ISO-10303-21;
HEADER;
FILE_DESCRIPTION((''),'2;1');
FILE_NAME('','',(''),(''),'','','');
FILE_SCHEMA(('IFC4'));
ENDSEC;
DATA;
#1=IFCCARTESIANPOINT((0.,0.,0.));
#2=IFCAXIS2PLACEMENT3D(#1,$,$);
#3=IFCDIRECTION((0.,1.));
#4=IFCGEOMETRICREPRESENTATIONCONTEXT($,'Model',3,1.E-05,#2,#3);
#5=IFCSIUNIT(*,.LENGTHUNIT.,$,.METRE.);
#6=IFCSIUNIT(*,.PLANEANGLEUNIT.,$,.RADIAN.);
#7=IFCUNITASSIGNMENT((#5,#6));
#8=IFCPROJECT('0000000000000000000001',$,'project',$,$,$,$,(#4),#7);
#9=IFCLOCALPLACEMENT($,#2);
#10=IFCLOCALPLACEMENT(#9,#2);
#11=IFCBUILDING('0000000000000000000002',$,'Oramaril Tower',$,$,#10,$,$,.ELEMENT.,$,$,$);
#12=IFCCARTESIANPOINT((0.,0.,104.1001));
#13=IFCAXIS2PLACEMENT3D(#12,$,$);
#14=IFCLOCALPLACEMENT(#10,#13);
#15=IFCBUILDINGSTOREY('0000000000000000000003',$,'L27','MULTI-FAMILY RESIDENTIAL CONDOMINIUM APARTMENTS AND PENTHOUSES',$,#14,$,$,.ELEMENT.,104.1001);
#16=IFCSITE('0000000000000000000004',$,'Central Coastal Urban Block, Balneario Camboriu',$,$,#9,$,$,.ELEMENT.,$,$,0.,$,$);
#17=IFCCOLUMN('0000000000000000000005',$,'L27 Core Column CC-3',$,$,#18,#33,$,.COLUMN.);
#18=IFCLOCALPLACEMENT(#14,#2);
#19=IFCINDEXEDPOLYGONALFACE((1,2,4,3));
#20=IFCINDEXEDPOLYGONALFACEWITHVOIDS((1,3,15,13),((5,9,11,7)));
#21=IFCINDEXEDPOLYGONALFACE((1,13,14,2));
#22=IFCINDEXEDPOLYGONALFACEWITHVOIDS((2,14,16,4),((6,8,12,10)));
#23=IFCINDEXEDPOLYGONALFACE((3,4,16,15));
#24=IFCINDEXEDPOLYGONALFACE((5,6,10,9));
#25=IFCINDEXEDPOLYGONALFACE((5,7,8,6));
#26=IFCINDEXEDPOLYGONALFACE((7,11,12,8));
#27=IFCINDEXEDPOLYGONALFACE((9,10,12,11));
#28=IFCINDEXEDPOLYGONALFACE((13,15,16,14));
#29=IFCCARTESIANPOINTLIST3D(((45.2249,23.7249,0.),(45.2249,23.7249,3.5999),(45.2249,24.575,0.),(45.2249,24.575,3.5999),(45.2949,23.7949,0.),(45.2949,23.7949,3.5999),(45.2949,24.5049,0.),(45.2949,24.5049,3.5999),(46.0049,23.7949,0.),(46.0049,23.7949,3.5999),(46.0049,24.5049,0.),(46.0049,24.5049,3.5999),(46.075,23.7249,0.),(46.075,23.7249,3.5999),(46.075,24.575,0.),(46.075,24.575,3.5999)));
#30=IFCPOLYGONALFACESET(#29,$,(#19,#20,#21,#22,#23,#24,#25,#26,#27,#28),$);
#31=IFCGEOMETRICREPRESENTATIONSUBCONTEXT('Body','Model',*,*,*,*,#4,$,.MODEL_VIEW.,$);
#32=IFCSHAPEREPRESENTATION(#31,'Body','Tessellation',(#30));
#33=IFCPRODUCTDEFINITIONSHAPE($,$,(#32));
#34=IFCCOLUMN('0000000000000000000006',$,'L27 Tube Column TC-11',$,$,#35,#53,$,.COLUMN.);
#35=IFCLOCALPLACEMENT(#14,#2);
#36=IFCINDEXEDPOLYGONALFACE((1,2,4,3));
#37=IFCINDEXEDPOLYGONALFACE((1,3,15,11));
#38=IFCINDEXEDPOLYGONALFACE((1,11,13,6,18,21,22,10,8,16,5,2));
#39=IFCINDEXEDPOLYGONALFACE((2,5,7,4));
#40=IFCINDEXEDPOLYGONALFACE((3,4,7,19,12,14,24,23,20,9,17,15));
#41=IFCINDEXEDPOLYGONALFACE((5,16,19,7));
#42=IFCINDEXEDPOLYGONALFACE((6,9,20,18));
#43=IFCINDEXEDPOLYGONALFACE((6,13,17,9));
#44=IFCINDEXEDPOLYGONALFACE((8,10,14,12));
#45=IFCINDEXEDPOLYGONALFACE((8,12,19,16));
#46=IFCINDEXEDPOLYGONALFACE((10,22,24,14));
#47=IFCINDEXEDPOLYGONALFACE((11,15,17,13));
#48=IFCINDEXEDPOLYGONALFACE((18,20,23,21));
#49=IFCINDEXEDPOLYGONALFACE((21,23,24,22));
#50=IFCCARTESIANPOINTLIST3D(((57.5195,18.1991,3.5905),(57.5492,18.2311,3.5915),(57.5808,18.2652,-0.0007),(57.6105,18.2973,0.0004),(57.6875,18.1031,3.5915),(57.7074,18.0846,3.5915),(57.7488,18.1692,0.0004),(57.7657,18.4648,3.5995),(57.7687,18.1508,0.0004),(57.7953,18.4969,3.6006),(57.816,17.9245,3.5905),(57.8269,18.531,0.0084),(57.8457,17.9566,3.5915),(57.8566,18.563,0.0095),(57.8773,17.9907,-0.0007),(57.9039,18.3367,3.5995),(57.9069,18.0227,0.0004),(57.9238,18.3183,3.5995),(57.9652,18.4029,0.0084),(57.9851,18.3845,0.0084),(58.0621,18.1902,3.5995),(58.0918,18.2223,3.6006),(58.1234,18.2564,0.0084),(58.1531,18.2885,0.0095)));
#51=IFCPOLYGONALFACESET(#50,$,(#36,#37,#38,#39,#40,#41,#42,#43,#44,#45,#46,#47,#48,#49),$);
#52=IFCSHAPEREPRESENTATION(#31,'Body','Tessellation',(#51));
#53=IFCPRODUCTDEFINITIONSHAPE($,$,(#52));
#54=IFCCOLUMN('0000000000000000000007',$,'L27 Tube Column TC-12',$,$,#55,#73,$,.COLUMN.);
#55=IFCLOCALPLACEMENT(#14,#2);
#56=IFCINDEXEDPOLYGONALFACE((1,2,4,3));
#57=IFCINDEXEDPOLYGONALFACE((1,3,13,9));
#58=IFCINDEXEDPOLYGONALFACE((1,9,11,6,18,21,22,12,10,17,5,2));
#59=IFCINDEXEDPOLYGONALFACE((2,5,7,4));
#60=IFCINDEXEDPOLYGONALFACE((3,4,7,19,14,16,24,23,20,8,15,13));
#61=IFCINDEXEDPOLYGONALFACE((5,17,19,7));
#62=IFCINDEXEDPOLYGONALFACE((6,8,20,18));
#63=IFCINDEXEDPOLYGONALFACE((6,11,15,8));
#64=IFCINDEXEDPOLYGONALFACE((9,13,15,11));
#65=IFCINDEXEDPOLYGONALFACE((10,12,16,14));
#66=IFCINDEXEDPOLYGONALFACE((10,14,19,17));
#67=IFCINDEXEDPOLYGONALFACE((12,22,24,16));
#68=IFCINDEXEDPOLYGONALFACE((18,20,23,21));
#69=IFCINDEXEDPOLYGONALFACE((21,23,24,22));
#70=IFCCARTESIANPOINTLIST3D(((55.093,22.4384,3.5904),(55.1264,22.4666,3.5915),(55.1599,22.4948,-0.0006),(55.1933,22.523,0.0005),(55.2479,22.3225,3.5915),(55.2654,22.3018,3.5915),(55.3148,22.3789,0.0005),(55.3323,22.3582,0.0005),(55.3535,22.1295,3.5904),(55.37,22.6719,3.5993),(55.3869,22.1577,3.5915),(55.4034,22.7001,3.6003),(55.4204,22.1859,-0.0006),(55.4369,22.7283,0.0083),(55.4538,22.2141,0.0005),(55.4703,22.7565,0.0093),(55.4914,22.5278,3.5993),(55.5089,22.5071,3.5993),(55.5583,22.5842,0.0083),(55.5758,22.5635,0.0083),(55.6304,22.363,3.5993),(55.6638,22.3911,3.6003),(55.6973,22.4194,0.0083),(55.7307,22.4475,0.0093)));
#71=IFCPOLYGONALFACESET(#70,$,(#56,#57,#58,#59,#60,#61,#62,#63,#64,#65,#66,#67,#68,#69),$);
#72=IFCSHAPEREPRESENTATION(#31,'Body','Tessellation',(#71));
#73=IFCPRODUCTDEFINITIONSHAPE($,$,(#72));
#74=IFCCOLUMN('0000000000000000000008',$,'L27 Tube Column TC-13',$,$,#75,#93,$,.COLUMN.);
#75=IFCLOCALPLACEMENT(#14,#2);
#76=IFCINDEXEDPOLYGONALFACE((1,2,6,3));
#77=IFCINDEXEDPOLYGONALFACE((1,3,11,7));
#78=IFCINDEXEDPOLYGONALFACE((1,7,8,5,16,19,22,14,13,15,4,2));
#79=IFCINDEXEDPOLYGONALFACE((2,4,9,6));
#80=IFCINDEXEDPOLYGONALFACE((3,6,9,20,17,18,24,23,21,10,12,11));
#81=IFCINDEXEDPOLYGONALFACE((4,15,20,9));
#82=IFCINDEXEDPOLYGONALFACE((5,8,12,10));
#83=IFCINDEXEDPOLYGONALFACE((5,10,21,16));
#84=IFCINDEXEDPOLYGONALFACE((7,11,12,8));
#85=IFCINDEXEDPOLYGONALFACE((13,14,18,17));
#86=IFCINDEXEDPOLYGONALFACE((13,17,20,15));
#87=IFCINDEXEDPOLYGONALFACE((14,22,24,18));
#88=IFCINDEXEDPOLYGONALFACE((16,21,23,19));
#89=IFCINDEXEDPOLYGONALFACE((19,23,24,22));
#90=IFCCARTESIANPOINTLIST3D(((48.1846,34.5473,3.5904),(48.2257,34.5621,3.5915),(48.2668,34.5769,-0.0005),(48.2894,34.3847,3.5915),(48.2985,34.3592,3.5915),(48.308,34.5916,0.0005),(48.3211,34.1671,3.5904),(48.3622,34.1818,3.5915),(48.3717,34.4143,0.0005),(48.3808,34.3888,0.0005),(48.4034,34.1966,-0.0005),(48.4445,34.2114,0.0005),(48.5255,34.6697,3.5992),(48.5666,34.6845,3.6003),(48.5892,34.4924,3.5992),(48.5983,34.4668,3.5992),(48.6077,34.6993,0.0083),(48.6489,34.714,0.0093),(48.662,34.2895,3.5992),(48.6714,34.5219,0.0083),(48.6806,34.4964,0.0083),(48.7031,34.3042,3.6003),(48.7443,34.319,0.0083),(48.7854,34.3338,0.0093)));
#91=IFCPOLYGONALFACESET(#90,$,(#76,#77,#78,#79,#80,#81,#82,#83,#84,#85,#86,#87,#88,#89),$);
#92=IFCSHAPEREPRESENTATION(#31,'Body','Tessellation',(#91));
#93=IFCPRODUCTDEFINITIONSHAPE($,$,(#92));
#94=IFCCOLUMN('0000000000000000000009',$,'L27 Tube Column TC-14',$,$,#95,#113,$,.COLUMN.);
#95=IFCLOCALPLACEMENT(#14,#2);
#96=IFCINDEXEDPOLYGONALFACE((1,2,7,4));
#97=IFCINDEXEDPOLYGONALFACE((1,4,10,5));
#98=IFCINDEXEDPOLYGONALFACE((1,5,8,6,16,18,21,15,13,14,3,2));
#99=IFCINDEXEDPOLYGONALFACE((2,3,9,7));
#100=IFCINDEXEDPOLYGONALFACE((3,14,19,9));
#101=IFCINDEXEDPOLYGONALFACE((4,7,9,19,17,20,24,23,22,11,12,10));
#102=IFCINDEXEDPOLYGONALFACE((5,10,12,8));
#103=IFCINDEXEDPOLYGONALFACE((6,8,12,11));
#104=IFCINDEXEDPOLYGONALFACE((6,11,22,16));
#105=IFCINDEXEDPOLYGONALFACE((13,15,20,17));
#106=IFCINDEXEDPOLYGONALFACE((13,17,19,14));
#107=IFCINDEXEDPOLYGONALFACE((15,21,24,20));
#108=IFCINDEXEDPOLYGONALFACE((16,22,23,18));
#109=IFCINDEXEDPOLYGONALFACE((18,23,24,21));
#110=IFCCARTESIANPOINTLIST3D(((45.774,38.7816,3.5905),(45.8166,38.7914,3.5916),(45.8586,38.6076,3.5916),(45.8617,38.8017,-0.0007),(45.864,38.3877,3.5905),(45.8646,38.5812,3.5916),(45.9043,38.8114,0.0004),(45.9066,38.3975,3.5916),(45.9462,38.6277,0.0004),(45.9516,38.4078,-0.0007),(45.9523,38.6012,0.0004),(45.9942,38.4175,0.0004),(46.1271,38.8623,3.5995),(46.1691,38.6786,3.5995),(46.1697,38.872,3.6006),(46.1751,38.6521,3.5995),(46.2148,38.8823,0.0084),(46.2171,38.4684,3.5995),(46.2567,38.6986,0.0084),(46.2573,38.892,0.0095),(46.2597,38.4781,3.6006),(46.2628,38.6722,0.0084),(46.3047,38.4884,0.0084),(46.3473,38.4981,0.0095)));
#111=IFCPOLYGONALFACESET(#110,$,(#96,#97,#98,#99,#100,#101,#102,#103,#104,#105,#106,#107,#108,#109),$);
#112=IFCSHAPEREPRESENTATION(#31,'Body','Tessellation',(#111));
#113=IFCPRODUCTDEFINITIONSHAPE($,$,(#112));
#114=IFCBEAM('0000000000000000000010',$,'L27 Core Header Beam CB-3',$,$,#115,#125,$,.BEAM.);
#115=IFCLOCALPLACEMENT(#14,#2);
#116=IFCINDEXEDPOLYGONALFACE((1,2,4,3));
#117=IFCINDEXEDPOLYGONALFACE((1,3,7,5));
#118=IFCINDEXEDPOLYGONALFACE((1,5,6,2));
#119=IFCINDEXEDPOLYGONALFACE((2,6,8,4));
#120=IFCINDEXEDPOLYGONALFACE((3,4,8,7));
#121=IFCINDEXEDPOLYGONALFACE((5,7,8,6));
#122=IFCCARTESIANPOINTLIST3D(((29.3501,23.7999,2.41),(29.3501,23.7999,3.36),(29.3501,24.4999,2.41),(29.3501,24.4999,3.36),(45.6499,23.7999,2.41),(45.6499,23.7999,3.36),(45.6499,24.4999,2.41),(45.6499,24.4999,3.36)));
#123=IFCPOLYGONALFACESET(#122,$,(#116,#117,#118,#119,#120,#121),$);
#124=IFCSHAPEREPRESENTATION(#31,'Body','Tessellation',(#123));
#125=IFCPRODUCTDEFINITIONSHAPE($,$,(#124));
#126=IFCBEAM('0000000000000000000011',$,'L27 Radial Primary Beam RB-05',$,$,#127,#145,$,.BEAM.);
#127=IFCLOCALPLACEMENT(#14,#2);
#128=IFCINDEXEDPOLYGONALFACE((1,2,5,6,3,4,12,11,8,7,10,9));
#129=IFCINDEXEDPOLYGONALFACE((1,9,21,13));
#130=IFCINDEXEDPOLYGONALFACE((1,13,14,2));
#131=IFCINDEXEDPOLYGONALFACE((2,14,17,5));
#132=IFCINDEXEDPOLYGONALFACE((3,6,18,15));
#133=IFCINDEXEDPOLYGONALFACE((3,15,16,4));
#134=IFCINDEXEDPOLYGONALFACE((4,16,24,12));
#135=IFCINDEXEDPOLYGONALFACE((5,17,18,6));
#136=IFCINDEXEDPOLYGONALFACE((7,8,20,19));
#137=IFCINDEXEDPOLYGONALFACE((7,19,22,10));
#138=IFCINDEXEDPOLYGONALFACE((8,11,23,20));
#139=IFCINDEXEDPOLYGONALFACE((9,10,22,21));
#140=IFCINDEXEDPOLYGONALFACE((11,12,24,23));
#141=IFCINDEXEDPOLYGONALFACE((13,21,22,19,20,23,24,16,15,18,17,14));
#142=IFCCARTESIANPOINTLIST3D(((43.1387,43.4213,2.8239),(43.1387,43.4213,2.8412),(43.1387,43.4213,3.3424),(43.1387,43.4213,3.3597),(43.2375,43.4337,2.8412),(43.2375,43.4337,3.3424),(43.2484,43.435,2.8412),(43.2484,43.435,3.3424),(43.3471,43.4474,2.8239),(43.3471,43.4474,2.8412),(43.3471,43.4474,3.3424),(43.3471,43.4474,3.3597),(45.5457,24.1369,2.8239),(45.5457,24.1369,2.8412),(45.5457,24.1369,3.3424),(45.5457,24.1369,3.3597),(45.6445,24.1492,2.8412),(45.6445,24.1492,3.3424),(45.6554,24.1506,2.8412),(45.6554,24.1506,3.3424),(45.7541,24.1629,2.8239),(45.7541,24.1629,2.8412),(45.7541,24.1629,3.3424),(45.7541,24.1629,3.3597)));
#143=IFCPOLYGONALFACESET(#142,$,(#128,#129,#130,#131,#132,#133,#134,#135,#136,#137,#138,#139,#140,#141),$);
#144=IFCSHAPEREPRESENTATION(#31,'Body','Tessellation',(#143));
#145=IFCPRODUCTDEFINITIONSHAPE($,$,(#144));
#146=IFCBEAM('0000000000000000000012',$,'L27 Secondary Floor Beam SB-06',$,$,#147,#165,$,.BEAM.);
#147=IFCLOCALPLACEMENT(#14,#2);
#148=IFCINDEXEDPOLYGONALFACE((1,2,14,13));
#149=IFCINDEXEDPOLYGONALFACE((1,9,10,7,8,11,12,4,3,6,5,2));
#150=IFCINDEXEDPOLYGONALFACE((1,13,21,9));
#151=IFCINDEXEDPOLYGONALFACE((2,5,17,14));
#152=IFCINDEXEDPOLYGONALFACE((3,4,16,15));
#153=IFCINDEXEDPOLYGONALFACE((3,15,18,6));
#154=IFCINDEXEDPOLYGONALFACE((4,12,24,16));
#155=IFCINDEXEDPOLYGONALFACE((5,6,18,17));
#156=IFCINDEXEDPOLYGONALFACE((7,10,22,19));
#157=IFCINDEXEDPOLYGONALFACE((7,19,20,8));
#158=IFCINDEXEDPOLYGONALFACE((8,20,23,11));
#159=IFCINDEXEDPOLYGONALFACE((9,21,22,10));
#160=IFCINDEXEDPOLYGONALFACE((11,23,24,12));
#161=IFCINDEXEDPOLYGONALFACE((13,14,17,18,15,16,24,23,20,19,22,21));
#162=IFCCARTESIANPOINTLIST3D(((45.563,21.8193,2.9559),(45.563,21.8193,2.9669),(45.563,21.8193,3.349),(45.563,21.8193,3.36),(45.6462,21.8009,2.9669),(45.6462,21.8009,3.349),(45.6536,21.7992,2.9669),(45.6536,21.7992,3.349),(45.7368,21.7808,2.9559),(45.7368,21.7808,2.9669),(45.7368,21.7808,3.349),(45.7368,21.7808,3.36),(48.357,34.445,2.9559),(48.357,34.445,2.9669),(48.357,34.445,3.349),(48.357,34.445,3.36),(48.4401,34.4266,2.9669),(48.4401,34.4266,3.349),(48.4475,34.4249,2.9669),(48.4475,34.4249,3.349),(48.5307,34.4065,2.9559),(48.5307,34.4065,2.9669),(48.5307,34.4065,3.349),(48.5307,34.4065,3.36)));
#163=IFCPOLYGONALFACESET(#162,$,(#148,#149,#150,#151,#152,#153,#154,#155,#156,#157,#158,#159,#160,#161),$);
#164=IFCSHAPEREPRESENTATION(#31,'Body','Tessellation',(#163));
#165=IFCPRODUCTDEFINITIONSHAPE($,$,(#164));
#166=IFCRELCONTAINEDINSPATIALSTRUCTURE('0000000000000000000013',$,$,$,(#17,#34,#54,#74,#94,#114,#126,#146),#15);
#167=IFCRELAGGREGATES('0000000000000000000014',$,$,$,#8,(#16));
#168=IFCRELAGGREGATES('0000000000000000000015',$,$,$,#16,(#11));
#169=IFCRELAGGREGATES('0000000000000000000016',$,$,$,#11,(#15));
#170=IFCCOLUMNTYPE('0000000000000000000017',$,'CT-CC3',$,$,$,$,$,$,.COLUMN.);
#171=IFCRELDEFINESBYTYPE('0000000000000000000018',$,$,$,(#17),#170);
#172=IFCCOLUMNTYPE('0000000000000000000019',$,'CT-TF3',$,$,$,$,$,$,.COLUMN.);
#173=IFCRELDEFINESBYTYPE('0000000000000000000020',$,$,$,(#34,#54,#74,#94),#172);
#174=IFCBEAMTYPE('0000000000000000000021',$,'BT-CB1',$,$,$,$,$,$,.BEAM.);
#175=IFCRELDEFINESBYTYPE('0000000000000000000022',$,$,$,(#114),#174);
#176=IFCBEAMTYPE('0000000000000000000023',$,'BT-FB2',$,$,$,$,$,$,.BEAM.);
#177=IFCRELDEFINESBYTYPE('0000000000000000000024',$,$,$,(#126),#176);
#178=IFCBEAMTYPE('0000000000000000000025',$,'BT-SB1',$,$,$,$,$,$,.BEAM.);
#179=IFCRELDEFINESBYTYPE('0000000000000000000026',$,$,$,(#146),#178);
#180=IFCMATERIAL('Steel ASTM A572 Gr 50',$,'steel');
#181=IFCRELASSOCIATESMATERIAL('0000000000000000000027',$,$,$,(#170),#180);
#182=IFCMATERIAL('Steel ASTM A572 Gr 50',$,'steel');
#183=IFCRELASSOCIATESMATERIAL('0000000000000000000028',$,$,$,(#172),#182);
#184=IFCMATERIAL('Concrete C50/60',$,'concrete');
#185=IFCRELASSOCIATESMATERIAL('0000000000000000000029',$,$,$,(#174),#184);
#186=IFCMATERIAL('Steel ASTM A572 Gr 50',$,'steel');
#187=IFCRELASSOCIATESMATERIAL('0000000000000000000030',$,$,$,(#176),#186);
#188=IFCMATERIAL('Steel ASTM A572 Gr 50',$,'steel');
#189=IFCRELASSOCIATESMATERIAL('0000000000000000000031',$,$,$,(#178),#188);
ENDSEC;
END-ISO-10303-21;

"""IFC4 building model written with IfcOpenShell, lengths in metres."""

from ifc_helpers import new_model, si_unit, direction, frame, origin, origin_2d, place, context, subcontext, project, spatial, rectangle, hollow_rectangle, i_section, extrude, material, material_profile, profile_set, type_object, element, save


model = new_model("IFC4")

# Units and contexts
model_context = context("Model", 3, precision=1e-05, world=origin(), true_north=direction((0.0, 1.0)))
body_context = subcontext(model_context, "Body", "Model", "MODEL_VIEW")
ifc_project = project(units=[si_unit("LENGTHUNIT", "METRE"), si_unit("PLANEANGLEUNIT", "RADIAN")], contexts=[model_context])

# Site, building, storey
site_placement = place(None, origin())
site = spatial("IfcSite", under=ifc_project, at=site_placement, Name="Central Coastal Urban Block, Balneario Camboriu", CompositionType="ELEMENT", RefElevation=0.0)
building_placement = place(site_placement, origin())
building = spatial("IfcBuilding", under=site, at=building_placement, Name="Oramaril Tower", CompositionType="ELEMENT")
storey_placement = place(building_placement, frame((0.0, 0.0, 104.1001)))
storey = spatial("IfcBuildingStorey", under=building, at=storey_placement, Name="L27", Description="MULTI-FAMILY RESIDENTIAL CONDOMINIUM APARTMENTS AND PENTHOUSES", CompositionType="ELEMENT", Elevation=104.1001)

# Columns
ifc_material_1 = material(Name="Steel ASTM A572 Gr 50", Category="steel")
ifc_material_profile_1 = material_profile(ifc_material_1, hollow_rectangle(XDim=0.8501, YDim=0.8501, WallThickness=0.0701, at=origin_2d()), Name="BOX850X850X70")
ifc_profile_set_1 = profile_set([ifc_material_profile_1], Name="Steel ASTM A572 Gr 50")
column_type_1 = type_object("IfcColumnType", Name="CT-CC3", PredefinedType="COLUMN", material=ifc_profile_set_1)
column_1_placement = place(storey_placement, frame((45.6499, 24.1499, 0.0), z_axis=(0.0, 0.0, 1.0), x_axis=(1.0, 0.0, 0.0)))
element("IfcColumn", 1, at=column_1_placement, inside=storey, type_object=column_type_1, Name="L27 Core Column CC-3", PredefinedType="COLUMN", context=body_context, shape_type="SweptSolid", body=[
    extrude(hollow_rectangle(XDim=0.8501, YDim=0.8501, WallThickness=0.0701, at=origin_2d()), origin(), (0.0, 0.0, 1.0), 3.5999),
])
ifc_material_2 = material(Name="Steel ASTM A572 Gr 50", Category="steel")
ifc_material_profile_2 = material_profile(ifc_material_2, i_section(OverallWidth=0.4041, OverallDepth=0.406, WebThickness=0.0271, FlangeThickness=0.0437, at=origin_2d()), Name="W14X233")
ifc_profile_set_2 = profile_set([ifc_material_profile_2], Name="Steel ASTM A572 Gr 50")
column_type_2 = type_object("IfcColumnType", Name="CT-TF3", PredefinedType="COLUMN", material=ifc_profile_set_2)
column_2_placement = place(storey_placement, frame((57.8669, 18.2769, 0.0044), z_axis=(-0.017059, -0.018418, 0.999685), x_axis=(0.733661, -0.679516, 0.0)))
element("IfcColumn", 2, at=column_2_placement, inside=storey, type_object=column_type_2, Name="L27 Tube Column TC-11", PredefinedType="COLUMN", context=body_context, shape_type="SweptSolid", body=[
    extrude(i_section(OverallWidth=0.4041, OverallDepth=0.406, WebThickness=0.0271, FlangeThickness=0.0437, at=origin_2d()), origin(), (0.0, 0.0, 1.0), 3.5923),
])
for number, where, z_axis, x_axis, name in (
    (3, (55.4453, 22.4712, 0.0044), (-0.018623, -0.0157, 0.999703), (0.644565, -0.764549, 0.0), "L27 Tube Column TC-12"),
    (4, (48.5261, 34.4553, 0.0044), (-0.022904, -0.008224, 0.999704), (0.337928, -0.941172, 0.0), "L27 Tube Column TC-13"),
):
    element("IfcColumn", number, at=place(storey_placement, frame(where, z_axis=z_axis, x_axis=x_axis)), inside=storey, type_object=column_type_2, Name=name, PredefinedType="COLUMN", context=body_context, shape_type="SweptSolid", body=[
        extrude(i_section(OverallWidth=0.4041, OverallDepth=0.406, WebThickness=0.0271, FlangeThickness=0.0437, at=origin_2d()), origin(), (0.0, 0.0, 1.0), 3.592),
    ])
column_3_placement = place(storey_placement, frame((46.1045, 38.6499, 0.0044), z_axis=(-0.024399, -0.005573, 0.999687), x_axis=(0.222677, -0.974892, 0.0)))
element("IfcColumn", 5, at=column_3_placement, inside=storey, type_object=column_type_2, Name="L27 Tube Column TC-14", PredefinedType="COLUMN", context=body_context, shape_type="SweptSolid", body=[
    extrude(i_section(OverallWidth=0.4041, OverallDepth=0.406, WebThickness=0.0271, FlangeThickness=0.0437, at=origin_2d()), origin(), (0.0, 0.0, 1.0), 3.5923),
])

# Beams
ifc_material_3 = material(Name="Concrete C50/60", Category="concrete")
ifc_material_profile_3 = material_profile(ifc_material_3, rectangle(XDim=0.7, YDim=0.95, at=origin_2d()), Name="CB700X950")
ifc_profile_set_3 = profile_set([ifc_material_profile_3], Name="Concrete C50/60")
beam_type_1 = type_object("IfcBeamType", Name="BT-CB1", PredefinedType="BEAM", material=ifc_profile_set_3)
beam_1_placement = place(storey_placement, frame((45.6499, 24.1499, 2.885), z_axis=(-1.0, 0.0, 0.0), x_axis=(0.0, -1.0, 0.0)))
element("IfcBeam", 6, at=beam_1_placement, inside=storey, type_object=beam_type_1, Name="L27 Core Header Beam CB-3", PredefinedType="BEAM", context=body_context, shape_type="SweptSolid", body=[
    extrude(rectangle(XDim=0.7, YDim=0.95, at=origin_2d()), origin(), (0.0, 0.0, 1.0), 16.2998),
])
ifc_material_4 = material(Name="Steel ASTM A572 Gr 50", Category="steel")
ifc_material_profile_4 = material_profile(ifc_material_4, i_section(OverallWidth=0.21, OverallDepth=0.5359, WebThickness=0.011, FlangeThickness=0.0173, at=origin_2d()), Name="W21X68")
ifc_profile_set_4 = profile_set([ifc_material_profile_4], Name="Steel ASTM A572 Gr 50")
beam_type_2 = type_object("IfcBeamType", Name="BT-FB2", PredefinedType="BEAM", material=ifc_profile_set_4)
beam_2_placement = place(storey_placement, frame((45.6499, 24.1499, 3.0918), z_axis=(-0.123854, 0.9923, 0.0), x_axis=(-0.9923, -0.123854, 0.0)))
element("IfcBeam", 7, at=beam_2_placement, inside=storey, type_object=beam_type_2, Name="L27 Radial Primary Beam RB-05", PredefinedType="BEAM", context=body_context, shape_type="SweptSolid", body=[
    extrude(i_section(OverallWidth=0.21, OverallDepth=0.5359, WebThickness=0.011, FlangeThickness=0.0173, at=origin_2d()), origin(), (0.0, 0.0, 1.0), 19.4341),
])
ifc_material_5 = material(Name="Steel ASTM A572 Gr 50", Category="steel")
ifc_material_profile_5 = material_profile(ifc_material_5, i_section(OverallWidth=0.178, OverallDepth=0.4041, WebThickness=0.0076, FlangeThickness=0.011, at=origin_2d()), Name="W16X36")
ifc_profile_set_5 = profile_set([ifc_material_profile_5], Name="Steel ASTM A572 Gr 50")
beam_type_3 = type_object("IfcBeamType", Name="BT-SB1", PredefinedType="BEAM", material=ifc_profile_set_5)
beam_3_placement = place(storey_placement, frame((45.6499, 21.8, 3.158), z_axis=(0.216063, 0.976379, 0.0), x_axis=(-0.976379, 0.216063, 0.0)))
element("IfcBeam", 8, at=beam_3_placement, inside=storey, type_object=beam_type_3, Name="L27 Secondary Floor Beam SB-06", PredefinedType="BEAM", context=body_context, shape_type="SweptSolid", body=[
    extrude(i_section(OverallWidth=0.178, OverallDepth=0.4041, WebThickness=0.0076, FlangeThickness=0.011, at=origin_2d()), origin(), (0.0, 0.0, 1.0), 12.9312),
])

save(model, "model.ifc")
